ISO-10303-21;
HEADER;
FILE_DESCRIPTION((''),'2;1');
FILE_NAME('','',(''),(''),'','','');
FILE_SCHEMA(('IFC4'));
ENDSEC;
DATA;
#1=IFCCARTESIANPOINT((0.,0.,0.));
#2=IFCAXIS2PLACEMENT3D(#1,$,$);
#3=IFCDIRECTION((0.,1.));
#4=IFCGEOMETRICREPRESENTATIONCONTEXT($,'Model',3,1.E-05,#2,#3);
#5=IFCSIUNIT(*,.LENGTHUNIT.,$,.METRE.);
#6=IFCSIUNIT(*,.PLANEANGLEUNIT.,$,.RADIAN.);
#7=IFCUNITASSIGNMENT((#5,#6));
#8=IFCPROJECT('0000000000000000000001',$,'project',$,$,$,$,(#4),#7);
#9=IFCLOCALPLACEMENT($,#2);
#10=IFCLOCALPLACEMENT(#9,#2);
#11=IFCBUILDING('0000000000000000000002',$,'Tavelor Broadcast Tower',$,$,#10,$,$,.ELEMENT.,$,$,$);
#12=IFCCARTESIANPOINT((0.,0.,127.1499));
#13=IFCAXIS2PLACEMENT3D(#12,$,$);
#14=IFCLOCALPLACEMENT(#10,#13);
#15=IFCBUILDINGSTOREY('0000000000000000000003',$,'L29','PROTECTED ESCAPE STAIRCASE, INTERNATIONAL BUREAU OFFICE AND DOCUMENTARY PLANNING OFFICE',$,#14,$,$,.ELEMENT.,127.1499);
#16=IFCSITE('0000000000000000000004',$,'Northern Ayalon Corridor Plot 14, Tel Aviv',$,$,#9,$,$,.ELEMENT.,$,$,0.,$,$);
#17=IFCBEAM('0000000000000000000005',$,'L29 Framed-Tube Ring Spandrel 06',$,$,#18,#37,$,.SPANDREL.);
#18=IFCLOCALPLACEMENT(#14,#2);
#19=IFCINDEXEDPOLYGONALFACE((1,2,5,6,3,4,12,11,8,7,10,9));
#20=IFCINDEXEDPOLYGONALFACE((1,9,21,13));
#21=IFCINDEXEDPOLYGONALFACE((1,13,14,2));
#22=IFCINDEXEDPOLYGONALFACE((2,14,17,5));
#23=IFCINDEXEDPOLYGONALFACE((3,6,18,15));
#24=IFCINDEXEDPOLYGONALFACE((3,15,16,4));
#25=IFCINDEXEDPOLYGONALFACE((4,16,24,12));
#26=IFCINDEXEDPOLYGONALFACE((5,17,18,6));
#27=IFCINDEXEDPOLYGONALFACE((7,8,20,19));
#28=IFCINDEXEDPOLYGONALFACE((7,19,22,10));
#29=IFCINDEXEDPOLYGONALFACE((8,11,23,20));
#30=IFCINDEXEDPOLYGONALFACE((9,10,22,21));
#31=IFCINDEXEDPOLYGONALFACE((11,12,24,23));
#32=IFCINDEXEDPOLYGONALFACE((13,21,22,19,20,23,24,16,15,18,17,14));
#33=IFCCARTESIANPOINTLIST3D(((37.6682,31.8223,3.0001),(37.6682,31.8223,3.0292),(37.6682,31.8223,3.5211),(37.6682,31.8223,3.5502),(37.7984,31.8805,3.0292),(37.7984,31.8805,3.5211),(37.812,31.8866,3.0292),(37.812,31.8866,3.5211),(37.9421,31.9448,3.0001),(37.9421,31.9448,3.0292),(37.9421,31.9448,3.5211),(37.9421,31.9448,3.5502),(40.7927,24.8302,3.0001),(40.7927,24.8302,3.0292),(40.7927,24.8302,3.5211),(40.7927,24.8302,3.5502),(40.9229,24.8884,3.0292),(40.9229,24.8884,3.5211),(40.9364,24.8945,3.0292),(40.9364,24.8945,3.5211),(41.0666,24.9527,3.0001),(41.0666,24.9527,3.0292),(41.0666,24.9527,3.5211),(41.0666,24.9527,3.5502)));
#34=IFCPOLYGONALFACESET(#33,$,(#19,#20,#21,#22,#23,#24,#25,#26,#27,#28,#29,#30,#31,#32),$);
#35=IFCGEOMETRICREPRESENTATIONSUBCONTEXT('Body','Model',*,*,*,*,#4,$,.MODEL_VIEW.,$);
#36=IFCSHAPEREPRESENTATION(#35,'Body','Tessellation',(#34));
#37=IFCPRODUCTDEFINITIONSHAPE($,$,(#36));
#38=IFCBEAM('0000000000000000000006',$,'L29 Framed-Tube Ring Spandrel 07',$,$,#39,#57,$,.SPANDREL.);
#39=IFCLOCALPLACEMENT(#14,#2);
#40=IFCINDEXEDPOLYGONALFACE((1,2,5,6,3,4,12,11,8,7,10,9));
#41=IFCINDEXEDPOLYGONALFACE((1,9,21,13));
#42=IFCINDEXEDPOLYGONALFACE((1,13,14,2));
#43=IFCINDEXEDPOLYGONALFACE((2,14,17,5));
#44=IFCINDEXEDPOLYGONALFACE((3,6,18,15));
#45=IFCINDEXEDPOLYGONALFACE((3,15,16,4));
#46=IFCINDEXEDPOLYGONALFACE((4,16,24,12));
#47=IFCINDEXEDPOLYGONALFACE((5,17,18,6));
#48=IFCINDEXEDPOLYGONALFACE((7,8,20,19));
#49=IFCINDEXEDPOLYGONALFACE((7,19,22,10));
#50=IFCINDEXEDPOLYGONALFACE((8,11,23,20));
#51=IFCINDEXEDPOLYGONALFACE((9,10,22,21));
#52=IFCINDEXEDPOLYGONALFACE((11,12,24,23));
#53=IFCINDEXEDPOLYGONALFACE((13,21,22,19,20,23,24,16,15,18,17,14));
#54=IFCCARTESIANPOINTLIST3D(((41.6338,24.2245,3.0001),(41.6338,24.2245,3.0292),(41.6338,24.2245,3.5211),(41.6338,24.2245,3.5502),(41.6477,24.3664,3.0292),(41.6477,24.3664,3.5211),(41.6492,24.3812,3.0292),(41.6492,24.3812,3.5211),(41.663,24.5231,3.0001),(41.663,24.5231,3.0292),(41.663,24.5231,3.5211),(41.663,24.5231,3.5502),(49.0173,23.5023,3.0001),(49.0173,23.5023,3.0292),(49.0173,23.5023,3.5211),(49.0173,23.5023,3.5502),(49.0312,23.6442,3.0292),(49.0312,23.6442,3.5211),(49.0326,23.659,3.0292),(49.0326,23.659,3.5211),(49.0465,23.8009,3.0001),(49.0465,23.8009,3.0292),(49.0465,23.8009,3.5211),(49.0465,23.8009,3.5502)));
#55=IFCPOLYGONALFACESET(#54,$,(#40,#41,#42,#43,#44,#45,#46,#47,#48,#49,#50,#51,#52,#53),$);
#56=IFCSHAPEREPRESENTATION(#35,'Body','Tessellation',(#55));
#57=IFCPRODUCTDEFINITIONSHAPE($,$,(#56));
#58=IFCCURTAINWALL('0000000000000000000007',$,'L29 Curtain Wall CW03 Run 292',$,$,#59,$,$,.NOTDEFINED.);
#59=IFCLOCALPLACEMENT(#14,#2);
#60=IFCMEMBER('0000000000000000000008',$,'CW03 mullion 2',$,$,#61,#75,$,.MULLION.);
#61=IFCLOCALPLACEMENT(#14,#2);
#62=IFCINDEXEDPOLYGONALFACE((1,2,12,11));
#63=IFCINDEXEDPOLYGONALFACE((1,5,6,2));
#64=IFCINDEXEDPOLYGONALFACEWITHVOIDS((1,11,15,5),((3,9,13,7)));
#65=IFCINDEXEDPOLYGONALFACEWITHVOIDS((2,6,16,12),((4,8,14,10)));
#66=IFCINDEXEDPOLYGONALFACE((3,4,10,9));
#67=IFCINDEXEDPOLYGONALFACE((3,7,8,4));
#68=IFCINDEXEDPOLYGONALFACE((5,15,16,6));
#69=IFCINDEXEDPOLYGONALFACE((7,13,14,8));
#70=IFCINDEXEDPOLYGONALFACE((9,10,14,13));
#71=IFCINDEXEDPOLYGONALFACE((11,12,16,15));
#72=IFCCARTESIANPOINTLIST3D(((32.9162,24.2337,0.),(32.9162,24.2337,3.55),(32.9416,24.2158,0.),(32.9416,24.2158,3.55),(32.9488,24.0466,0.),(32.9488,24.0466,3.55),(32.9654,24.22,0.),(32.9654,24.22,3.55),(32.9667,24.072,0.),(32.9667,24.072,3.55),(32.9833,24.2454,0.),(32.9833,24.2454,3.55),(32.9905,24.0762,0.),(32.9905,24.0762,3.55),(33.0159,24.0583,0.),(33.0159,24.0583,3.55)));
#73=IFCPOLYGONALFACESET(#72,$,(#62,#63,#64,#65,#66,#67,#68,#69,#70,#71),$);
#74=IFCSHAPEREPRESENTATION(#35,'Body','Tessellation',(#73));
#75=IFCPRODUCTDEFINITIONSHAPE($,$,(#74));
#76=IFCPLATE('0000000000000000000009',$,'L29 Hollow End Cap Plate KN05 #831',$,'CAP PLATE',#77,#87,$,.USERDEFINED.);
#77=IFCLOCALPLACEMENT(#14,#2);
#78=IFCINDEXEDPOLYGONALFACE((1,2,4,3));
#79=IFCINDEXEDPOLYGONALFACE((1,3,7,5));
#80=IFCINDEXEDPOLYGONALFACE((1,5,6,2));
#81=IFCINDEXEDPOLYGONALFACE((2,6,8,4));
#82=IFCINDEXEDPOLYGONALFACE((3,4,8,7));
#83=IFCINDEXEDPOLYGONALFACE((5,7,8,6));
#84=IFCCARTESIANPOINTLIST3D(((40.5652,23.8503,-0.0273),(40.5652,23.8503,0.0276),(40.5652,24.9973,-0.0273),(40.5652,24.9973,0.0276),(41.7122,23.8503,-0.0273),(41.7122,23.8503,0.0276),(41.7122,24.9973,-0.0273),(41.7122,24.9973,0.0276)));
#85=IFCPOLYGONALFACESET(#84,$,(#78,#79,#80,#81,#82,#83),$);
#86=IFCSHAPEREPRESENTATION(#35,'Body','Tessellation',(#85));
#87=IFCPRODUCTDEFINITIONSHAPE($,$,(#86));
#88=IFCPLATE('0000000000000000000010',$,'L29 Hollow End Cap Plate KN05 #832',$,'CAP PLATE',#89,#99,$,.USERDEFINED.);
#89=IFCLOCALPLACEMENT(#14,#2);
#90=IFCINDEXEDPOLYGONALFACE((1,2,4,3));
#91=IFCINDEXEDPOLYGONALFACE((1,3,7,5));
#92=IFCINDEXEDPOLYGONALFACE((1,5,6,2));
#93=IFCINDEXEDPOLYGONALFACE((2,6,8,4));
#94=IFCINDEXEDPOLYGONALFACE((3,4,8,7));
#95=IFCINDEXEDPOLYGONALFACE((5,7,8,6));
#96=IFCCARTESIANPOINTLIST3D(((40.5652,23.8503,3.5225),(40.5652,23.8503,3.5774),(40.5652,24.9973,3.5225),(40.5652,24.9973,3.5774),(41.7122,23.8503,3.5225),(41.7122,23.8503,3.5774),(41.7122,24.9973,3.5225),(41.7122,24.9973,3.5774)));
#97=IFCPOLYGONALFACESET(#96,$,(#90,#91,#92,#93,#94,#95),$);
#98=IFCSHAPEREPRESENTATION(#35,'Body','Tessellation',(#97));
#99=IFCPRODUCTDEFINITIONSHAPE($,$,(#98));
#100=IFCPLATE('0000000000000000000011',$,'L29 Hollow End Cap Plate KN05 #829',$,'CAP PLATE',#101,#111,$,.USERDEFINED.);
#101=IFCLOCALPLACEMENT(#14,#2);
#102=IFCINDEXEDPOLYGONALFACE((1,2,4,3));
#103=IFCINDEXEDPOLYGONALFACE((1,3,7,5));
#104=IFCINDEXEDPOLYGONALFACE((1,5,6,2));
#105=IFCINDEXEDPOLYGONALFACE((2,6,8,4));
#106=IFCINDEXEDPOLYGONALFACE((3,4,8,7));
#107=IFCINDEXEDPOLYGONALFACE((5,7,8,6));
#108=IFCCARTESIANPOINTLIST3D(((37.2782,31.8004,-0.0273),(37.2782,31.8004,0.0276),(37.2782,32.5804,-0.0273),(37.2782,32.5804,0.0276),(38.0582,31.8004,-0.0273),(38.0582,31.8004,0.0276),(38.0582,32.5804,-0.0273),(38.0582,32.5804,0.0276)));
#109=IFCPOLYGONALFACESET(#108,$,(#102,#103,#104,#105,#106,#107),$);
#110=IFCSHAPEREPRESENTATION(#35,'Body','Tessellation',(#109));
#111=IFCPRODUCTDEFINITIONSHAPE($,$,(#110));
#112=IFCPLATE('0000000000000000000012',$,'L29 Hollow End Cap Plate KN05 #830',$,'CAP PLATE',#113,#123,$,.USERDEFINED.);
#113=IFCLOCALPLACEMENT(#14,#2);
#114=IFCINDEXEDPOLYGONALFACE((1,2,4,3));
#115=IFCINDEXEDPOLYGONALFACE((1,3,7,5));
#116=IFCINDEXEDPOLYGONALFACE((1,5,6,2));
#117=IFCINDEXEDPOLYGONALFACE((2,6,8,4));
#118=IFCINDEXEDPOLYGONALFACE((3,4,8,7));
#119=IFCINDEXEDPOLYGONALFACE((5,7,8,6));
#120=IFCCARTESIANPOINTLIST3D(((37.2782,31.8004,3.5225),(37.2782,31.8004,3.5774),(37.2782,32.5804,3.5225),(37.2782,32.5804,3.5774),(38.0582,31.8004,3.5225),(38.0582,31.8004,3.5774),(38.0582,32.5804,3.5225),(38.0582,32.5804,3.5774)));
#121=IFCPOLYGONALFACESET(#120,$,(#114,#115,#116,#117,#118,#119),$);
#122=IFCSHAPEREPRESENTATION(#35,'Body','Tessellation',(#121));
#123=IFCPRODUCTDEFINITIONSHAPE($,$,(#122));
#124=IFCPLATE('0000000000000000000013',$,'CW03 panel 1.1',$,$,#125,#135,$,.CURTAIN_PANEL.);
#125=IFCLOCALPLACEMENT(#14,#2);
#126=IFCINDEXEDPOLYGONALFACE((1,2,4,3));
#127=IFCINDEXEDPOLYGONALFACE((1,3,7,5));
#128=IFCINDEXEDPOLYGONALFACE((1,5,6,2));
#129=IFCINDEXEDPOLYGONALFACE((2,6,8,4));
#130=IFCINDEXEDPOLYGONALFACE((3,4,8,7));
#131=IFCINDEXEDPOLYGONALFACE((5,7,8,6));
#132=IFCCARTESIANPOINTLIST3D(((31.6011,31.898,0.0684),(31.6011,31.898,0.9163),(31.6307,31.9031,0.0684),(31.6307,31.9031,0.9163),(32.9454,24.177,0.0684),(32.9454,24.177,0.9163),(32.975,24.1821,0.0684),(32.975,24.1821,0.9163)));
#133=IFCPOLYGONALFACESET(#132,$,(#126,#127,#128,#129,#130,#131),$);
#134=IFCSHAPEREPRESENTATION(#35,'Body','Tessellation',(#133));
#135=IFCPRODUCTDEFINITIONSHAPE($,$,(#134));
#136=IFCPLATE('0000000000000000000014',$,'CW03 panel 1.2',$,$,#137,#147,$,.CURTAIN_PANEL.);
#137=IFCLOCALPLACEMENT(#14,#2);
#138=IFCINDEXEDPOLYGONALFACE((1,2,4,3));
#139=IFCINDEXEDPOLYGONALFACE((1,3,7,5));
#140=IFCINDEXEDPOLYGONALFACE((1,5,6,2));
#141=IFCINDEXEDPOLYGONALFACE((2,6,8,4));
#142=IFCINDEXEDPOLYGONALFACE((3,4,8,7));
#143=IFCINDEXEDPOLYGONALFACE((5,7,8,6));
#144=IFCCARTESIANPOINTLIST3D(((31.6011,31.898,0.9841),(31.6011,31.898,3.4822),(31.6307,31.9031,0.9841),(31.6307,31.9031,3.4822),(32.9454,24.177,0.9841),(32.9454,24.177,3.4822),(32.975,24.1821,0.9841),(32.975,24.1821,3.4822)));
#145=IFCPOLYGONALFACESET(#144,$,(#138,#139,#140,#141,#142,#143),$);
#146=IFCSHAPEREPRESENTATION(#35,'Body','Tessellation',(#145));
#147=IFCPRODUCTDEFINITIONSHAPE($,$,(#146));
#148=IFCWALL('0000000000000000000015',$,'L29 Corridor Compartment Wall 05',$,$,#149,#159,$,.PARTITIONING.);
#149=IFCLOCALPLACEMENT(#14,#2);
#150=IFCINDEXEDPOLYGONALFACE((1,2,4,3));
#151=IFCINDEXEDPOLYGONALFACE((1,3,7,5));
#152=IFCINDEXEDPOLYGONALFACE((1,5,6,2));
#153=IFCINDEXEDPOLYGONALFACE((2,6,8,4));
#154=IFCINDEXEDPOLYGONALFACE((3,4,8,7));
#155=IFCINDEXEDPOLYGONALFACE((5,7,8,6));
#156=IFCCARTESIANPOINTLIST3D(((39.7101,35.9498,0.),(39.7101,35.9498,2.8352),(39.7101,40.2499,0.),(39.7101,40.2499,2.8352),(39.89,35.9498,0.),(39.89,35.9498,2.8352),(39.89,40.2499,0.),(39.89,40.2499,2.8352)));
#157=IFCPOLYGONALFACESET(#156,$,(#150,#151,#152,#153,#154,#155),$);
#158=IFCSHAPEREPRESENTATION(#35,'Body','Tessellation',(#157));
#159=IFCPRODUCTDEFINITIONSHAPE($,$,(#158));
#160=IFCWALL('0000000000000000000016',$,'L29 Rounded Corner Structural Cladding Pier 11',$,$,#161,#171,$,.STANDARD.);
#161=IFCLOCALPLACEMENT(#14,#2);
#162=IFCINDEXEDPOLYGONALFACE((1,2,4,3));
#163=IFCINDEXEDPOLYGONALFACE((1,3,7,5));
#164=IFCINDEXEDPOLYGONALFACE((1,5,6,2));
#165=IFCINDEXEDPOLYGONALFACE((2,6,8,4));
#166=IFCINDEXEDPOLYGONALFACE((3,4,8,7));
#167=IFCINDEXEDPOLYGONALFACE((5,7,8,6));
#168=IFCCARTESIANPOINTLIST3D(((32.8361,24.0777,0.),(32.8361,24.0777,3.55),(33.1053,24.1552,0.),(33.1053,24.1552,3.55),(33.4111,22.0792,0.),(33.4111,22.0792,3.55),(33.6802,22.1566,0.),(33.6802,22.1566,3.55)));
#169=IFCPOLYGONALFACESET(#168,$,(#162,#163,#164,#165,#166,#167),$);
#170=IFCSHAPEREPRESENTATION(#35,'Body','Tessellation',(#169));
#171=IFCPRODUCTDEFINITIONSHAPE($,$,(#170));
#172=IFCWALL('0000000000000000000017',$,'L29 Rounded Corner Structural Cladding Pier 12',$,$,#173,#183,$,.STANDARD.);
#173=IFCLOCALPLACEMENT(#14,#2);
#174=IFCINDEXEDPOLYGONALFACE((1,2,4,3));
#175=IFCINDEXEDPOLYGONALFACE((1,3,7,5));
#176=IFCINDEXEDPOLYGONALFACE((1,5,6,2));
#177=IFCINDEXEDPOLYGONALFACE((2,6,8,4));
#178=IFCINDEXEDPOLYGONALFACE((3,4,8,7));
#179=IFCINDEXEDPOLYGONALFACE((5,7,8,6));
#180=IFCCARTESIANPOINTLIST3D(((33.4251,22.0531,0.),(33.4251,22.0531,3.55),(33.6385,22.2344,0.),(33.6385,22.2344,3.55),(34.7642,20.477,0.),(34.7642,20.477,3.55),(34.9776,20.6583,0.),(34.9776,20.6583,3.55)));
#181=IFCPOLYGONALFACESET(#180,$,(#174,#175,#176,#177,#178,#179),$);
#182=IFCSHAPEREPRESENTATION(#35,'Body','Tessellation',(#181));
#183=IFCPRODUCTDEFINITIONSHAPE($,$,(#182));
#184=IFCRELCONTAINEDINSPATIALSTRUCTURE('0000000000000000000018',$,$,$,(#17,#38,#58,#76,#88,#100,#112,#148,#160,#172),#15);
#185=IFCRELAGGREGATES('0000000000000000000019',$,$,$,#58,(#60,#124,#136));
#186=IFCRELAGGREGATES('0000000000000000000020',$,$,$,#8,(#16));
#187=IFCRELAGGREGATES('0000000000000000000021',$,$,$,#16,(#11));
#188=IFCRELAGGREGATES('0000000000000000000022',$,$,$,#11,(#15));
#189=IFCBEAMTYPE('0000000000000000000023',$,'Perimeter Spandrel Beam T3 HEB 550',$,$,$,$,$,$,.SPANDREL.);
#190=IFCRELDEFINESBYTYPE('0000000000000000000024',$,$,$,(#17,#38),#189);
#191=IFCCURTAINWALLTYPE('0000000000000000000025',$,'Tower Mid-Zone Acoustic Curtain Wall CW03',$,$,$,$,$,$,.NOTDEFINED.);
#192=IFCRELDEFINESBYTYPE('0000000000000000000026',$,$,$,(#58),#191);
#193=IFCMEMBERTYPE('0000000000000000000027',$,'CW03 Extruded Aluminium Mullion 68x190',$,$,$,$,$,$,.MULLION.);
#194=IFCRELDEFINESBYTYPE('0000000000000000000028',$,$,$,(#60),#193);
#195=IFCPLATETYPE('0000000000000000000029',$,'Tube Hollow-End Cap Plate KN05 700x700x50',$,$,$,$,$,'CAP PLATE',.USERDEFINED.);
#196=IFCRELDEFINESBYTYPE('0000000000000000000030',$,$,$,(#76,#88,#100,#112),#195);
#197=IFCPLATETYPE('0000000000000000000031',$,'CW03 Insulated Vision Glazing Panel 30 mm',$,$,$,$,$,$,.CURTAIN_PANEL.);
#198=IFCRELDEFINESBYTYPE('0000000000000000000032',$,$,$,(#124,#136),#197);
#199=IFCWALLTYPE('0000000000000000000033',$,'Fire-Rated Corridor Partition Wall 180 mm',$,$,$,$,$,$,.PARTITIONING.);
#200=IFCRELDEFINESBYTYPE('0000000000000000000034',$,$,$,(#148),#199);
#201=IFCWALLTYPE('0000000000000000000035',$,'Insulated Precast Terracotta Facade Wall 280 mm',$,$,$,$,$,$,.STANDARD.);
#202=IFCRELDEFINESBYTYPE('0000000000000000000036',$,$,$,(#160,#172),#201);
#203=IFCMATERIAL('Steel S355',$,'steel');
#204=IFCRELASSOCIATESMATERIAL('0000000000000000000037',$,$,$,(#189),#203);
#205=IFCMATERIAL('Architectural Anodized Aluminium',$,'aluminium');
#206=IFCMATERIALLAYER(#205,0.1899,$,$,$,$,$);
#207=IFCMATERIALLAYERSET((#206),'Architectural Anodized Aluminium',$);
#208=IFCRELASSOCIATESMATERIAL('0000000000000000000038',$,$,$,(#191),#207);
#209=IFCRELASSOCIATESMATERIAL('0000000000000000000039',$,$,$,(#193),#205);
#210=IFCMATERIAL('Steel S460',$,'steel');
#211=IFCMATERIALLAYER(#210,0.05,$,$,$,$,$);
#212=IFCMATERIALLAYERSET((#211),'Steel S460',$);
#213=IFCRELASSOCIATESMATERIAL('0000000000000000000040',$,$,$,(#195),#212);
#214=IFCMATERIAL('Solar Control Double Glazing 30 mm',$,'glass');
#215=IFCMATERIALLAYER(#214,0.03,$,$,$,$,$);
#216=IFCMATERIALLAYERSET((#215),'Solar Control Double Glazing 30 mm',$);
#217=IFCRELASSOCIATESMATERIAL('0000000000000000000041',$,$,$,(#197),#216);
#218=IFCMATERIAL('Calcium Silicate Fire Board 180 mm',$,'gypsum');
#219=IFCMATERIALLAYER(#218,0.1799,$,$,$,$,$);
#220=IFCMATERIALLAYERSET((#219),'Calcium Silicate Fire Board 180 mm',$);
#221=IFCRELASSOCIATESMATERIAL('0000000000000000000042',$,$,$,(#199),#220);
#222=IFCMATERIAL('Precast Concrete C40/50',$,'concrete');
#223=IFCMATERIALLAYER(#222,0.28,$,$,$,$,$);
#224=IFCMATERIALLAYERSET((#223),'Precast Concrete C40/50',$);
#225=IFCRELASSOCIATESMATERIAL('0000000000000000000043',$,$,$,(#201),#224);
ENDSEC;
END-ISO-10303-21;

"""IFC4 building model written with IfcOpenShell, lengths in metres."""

from ifc_helpers import new_model, si_unit, direction, frame, frame_2d, origin, origin_2d, place, context, subcontext, project, spatial, rectangle, hollow_rectangle, i_section, extrude, source, transform, mapped, material, layer, layer_set, material_profile, profile_set, type_object, type_shapes, element, aggregate, save


model = new_model("IFC4")

# Units and contexts
model_context = context("Model", 3, precision=1e-05, world=origin(), true_north=direction((0.0, 1.0)))
body_context = subcontext(model_context, "Body", "Model", "MODEL_VIEW")
ifc_project = project(units=[si_unit("LENGTHUNIT", "METRE"), si_unit("PLANEANGLEUNIT", "RADIAN")], contexts=[model_context])

# Site, building, storey
site_placement = place(None, origin())
site = spatial("IfcSite", under=ifc_project, at=site_placement, Name="Northern Ayalon Corridor Plot 14, Tel Aviv", CompositionType="ELEMENT", RefElevation=0.0)
building_placement = place(site_placement, origin())
building = spatial("IfcBuilding", under=site, at=building_placement, Name="Tavelor Broadcast Tower", CompositionType="ELEMENT")
storey_placement = place(building_placement, frame((0.0, 0.0, 127.1499)))
storey = spatial("IfcBuildingStorey", under=building, at=storey_placement, Name="L29", Description="PROTECTED ESCAPE STAIRCASE, INTERNATIONAL BUREAU OFFICE AND DOCUMENTARY PLANNING OFFICE", CompositionType="ELEMENT", Elevation=127.1499)

# Shared definitions
ifc_material_1 = material(Name="Steel S460", Category="steel")

# Beams
ifc_material_2 = material(Name="Steel S355", Category="steel")
ifc_material_profile_1 = material_profile(ifc_material_2, i_section(OverallWidth=0.3, OverallDepth=0.55, WebThickness=0.0149, FlangeThickness=0.0291, at=origin_2d()), Name="HEB 550")
ifc_profile_set_1 = profile_set([ifc_material_profile_1], Name="Steel S355")
beam_type_1 = type_object("IfcBeamType", Name="Perimeter Spandrel Beam T3 HEB 550", PredefinedType="SPANDREL", material=ifc_profile_set_1)
beam_1_placement = place(storey_placement, frame((37.8052, 31.8835, 3.2751), z_axis=(0.407977, -0.912992, 0.0), x_axis=(0.912992, 0.407977, 0.0)))
element("IfcBeam", 1, at=beam_1_placement, inside=storey, type_object=beam_type_1, Name="L29 Framed-Tube Ring Spandrel 06", PredefinedType="SPANDREL", context=body_context, shape_type="SweptSolid", body=[
    extrude(i_section(OverallWidth=0.3, OverallDepth=0.55, WebThickness=0.0149, FlangeThickness=0.0291, at=origin_2d()), origin(), (0.0, 0.0, 1.0), 7.6584),
])
beam_2_placement = place(storey_placement, frame((41.6484, 24.3738, 3.2751), z_axis=(0.995251, -0.097343, 0.0), x_axis=(0.097343, 0.995251, 0.0)))
element("IfcBeam", 2, at=beam_2_placement, inside=storey, type_object=beam_type_1, Name="L29 Framed-Tube Ring Spandrel 07", PredefinedType="SPANDREL", context=body_context, shape_type="SweptSolid", body=[
    extrude(i_section(OverallWidth=0.3, OverallDepth=0.55, WebThickness=0.0149, FlangeThickness=0.0291, at=origin_2d()), origin(), (0.0, 0.0, 1.0), 7.4187),
])

# Curtain wall, member
ifc_material_3 = material(Name="Architectural Anodized Aluminium", Category="aluminium")
ifc_layer_1 = layer(ifc_material_3, 0.1899)
ifc_layer_set_1 = layer_set([ifc_layer_1], Name="Architectural Anodized Aluminium")
curtain_wall_type = type_object("IfcCurtainWallType", Name="Tower Mid-Zone Acoustic Curtain Wall CW03", PredefinedType="NOTDEFINED", material=ifc_layer_set_1)
curtain_wall_placement = place(storey_placement, origin())
curtain_wall = element("IfcCurtainWall", 3, at=curtain_wall_placement, inside=storey, type_object=curtain_wall_type, Name="L29 Curtain Wall CW03 Run 292", PredefinedType="NOTDEFINED")
ifc_material_profile_2 = material_profile(ifc_material_3, hollow_rectangle(XDim=0.0681, YDim=0.1899, WallThickness=0.022, at=origin_2d()), Name="RHS 68x190x22")
ifc_profile_set_2 = profile_set([ifc_material_profile_2], Name="Architectural Anodized Aluminium")
member_type = type_object("IfcMemberType", Name="CW03 Extruded Aluminium Mullion 68x190", PredefinedType="MULLION", material=ifc_profile_set_2)
shared_shape_1 = source(origin(), body_context, "Body", "SweptSolid", [
    extrude(hollow_rectangle(XDim=0.0681, YDim=0.1899, WallThickness=0.022, at=origin_2d()), origin(), (0.0, 0.0, 1.0), 3.55),
])
type_shapes(member_type, [shared_shape_1])
member_placement = place(storey_placement, frame((32.9661, 24.146, 0.0), z_axis=(0.0, 0.0, 1.0), x_axis=(0.985179, 0.171527, 0.0)))
member = element("IfcMember", 4, at=member_placement, type_object=member_type, Name="CW03 mullion 2", PredefinedType="MULLION", context=body_context, shape_type="MappedRepresentation", body=[
    mapped(shared_shape_1, transform((0.0, 0.0, 0.0), scale=1.0)),
])

# Plates
ifc_layer_2 = layer(ifc_material_1, 0.05)
ifc_layer_set_2 = layer_set([ifc_layer_2], Name="Steel S460")
plate_type_1 = type_object("IfcPlateType", Name="Tube Hollow-End Cap Plate KN05 700x700x50", ElementType="CAP PLATE", PredefinedType="USERDEFINED", material=ifc_layer_set_2)
shared_shape_2 = source(origin(), body_context, "Body", "SweptSolid", [
    extrude(rectangle(XDim=1.147, YDim=1.147, at=origin_2d()), origin(), (0.0, 0.0, 1.0), 0.0549),
])
for number, where, z_axis, x_axis, name in (
    (5, (41.1387, 24.4238, -0.0273), (0.0, 0.0, 1.0), (1.0, 0.0, 0.0), "L29 Hollow End Cap Plate KN05 #831"),
    (6, (41.1387, 24.4238, 3.5225), (0.0, 0.0, 1.0), (1.0, 0.0, 0.0), "L29 Hollow End Cap Plate KN05 #832"),
):
    element("IfcPlate", number, at=place(storey_placement, frame(where, z_axis=z_axis, x_axis=x_axis)), inside=storey, type_object=plate_type_1, Name=name, ObjectType="CAP PLATE", PredefinedType="USERDEFINED", context=body_context, shape_type="MappedRepresentation", body=[
        mapped(shared_shape_2, transform((0.0, 0.0, 0.0), scale=1.0)),
    ])
shared_shape_3 = source(origin(), body_context, "Body", "SweptSolid", [
    extrude(rectangle(XDim=0.78, YDim=0.78, at=origin_2d()), origin(), (0.0, 0.0, 1.0), 0.0549),
])
type_shapes(plate_type_1, [shared_shape_2, shared_shape_3])
for number, where, z_axis, x_axis, name in (
    (7, (37.6682, 32.1904, -0.0273), (0.0, 0.0, 1.0), (1.0, 0.0, 0.0), "L29 Hollow End Cap Plate KN05 #829"),
    (8, (37.6682, 32.1904, 3.5225), (0.0, 0.0, 1.0), (1.0, 0.0, 0.0), "L29 Hollow End Cap Plate KN05 #830"),
):
    element("IfcPlate", number, at=place(storey_placement, frame(where, z_axis=z_axis, x_axis=x_axis)), inside=storey, type_object=plate_type_1, Name=name, ObjectType="CAP PLATE", PredefinedType="USERDEFINED", context=body_context, shape_type="MappedRepresentation", body=[
        mapped(shared_shape_3, transform((0.0, 0.0, 0.0), scale=1.0)),
    ])

# Plates
ifc_material_4 = material(Name="Solar Control Double Glazing 30 mm", Category="glass")
ifc_layer_3 = layer(ifc_material_4, 0.03)
ifc_layer_set_3 = layer_set([ifc_layer_3], Name="Solar Control Double Glazing 30 mm")
plate_type_2 = type_object("IfcPlateType", Name="CW03 Insulated Vision Glazing Panel 30 mm", PredefinedType="CURTAIN_PANEL", material=ifc_layer_set_3)
shared_shape_4 = source(origin(), body_context, "Body", "SweptSolid", [
    extrude(rectangle(XDim=7.8372, YDim=0.03, at=origin_2d()), origin(), (0.0, 0.0, 1.0), 0.8479),
])
plate_1_placement = place(storey_placement, frame((32.2881, 28.04, 0.0684), z_axis=(0.0, 0.0, 1.0), x_axis=(0.171527, -0.985179, 0.0)))
plate_1 = element("IfcPlate", 9, at=plate_1_placement, type_object=plate_type_2, Name="CW03 panel 1.1", PredefinedType="CURTAIN_PANEL", context=body_context, shape_type="MappedRepresentation", body=[
    mapped(shared_shape_4, transform((0.0, 0.0, 0.0), scale=1.0)),
])
shared_shape_5 = source(origin(), body_context, "Body", "SweptSolid", [
    extrude(rectangle(XDim=7.8372, YDim=0.03, at=origin_2d()), origin(), (0.0, 0.0, 1.0), 2.498),
])
type_shapes(plate_type_2, [shared_shape_4, shared_shape_5])
plate_2_placement = place(storey_placement, frame((32.2881, 28.04, 0.9841), z_axis=(0.0, 0.0, 1.0), x_axis=(0.171527, -0.985179, 0.0)))
plate_2 = element("IfcPlate", 10, at=plate_2_placement, type_object=plate_type_2, Name="CW03 panel 1.2", PredefinedType="CURTAIN_PANEL", context=body_context, shape_type="MappedRepresentation", body=[
    mapped(shared_shape_5, transform((0.0, 0.0, 0.0), scale=1.0)),
])
aggregate(curtain_wall, [member, plate_1, plate_2])

# Walls
ifc_material_5 = material(Name="Calcium Silicate Fire Board 180 mm", Category="gypsum")
ifc_layer_4 = layer(ifc_material_5, 0.1799)
ifc_layer_set_4 = layer_set([ifc_layer_4], Name="Calcium Silicate Fire Board 180 mm")
wall_type_1 = type_object("IfcWallType", Name="Fire-Rated Corridor Partition Wall 180 mm", PredefinedType="PARTITIONING", material=ifc_layer_set_4)
wall_1_placement = place(storey_placement, frame((39.8, 35.95, 0.0), z_axis=(0.0, 0.0, 1.0), x_axis=(0.0, 1.0, 0.0)))
element("IfcWall", 11, at=wall_1_placement, inside=storey, type_object=wall_type_1, Name="L29 Corridor Compartment Wall 05", PredefinedType="PARTITIONING", context=body_context, shape_type="SweptSolid", body=[
    extrude(rectangle(XDim=4.3, YDim=0.1799, at=frame_2d((2.1499, 0.0))), origin(), (0.0, 0.0, 1.0), 2.8352),
])
ifc_material_6 = material(Name="Precast Concrete C40/50", Category="concrete")
ifc_layer_5 = layer(ifc_material_6, 0.28)
ifc_layer_set_5 = layer_set([ifc_layer_5], Name="Precast Concrete C40/50")
wall_type_2 = type_object("IfcWallType", Name="Insulated Precast Terracotta Facade Wall 280 mm", PredefinedType="STANDARD", material=ifc_layer_set_5)
wall_2_placement = place(storey_placement, frame((32.9707, 24.1165, 0.0), z_axis=(0.0, 0.0, 1.0), x_axis=(0.276473, -0.961022, 0.0)))
element("IfcWall", 12, at=wall_2_placement, inside=storey, type_object=wall_type_2, Name="L29 Rounded Corner Structural Cladding Pier 11", PredefinedType="STANDARD", context=body_context, shape_type="SweptSolid", body=[
    extrude(rectangle(XDim=2.0796, YDim=0.28, at=frame_2d((1.0398, 0.0))), origin(), (0.0, 0.0, 1.0), 3.55),
])
wall_3_placement = place(storey_placement, frame((33.5317, 22.1438, 0.0), z_axis=(0.0, 0.0, 1.0), x_axis=(0.64747, -0.762091, 0.0)))
element("IfcWall", 13, at=wall_3_placement, inside=storey, type_object=wall_type_2, Name="L29 Rounded Corner Structural Cladding Pier 12", PredefinedType="STANDARD", context=body_context, shape_type="SweptSolid", body=[
    extrude(rectangle(XDim=2.0681, YDim=0.28, at=frame_2d((1.0342, 0.0))), origin(), (0.0, 0.0, 1.0), 3.55),
])

save(model, "model.ifc")
